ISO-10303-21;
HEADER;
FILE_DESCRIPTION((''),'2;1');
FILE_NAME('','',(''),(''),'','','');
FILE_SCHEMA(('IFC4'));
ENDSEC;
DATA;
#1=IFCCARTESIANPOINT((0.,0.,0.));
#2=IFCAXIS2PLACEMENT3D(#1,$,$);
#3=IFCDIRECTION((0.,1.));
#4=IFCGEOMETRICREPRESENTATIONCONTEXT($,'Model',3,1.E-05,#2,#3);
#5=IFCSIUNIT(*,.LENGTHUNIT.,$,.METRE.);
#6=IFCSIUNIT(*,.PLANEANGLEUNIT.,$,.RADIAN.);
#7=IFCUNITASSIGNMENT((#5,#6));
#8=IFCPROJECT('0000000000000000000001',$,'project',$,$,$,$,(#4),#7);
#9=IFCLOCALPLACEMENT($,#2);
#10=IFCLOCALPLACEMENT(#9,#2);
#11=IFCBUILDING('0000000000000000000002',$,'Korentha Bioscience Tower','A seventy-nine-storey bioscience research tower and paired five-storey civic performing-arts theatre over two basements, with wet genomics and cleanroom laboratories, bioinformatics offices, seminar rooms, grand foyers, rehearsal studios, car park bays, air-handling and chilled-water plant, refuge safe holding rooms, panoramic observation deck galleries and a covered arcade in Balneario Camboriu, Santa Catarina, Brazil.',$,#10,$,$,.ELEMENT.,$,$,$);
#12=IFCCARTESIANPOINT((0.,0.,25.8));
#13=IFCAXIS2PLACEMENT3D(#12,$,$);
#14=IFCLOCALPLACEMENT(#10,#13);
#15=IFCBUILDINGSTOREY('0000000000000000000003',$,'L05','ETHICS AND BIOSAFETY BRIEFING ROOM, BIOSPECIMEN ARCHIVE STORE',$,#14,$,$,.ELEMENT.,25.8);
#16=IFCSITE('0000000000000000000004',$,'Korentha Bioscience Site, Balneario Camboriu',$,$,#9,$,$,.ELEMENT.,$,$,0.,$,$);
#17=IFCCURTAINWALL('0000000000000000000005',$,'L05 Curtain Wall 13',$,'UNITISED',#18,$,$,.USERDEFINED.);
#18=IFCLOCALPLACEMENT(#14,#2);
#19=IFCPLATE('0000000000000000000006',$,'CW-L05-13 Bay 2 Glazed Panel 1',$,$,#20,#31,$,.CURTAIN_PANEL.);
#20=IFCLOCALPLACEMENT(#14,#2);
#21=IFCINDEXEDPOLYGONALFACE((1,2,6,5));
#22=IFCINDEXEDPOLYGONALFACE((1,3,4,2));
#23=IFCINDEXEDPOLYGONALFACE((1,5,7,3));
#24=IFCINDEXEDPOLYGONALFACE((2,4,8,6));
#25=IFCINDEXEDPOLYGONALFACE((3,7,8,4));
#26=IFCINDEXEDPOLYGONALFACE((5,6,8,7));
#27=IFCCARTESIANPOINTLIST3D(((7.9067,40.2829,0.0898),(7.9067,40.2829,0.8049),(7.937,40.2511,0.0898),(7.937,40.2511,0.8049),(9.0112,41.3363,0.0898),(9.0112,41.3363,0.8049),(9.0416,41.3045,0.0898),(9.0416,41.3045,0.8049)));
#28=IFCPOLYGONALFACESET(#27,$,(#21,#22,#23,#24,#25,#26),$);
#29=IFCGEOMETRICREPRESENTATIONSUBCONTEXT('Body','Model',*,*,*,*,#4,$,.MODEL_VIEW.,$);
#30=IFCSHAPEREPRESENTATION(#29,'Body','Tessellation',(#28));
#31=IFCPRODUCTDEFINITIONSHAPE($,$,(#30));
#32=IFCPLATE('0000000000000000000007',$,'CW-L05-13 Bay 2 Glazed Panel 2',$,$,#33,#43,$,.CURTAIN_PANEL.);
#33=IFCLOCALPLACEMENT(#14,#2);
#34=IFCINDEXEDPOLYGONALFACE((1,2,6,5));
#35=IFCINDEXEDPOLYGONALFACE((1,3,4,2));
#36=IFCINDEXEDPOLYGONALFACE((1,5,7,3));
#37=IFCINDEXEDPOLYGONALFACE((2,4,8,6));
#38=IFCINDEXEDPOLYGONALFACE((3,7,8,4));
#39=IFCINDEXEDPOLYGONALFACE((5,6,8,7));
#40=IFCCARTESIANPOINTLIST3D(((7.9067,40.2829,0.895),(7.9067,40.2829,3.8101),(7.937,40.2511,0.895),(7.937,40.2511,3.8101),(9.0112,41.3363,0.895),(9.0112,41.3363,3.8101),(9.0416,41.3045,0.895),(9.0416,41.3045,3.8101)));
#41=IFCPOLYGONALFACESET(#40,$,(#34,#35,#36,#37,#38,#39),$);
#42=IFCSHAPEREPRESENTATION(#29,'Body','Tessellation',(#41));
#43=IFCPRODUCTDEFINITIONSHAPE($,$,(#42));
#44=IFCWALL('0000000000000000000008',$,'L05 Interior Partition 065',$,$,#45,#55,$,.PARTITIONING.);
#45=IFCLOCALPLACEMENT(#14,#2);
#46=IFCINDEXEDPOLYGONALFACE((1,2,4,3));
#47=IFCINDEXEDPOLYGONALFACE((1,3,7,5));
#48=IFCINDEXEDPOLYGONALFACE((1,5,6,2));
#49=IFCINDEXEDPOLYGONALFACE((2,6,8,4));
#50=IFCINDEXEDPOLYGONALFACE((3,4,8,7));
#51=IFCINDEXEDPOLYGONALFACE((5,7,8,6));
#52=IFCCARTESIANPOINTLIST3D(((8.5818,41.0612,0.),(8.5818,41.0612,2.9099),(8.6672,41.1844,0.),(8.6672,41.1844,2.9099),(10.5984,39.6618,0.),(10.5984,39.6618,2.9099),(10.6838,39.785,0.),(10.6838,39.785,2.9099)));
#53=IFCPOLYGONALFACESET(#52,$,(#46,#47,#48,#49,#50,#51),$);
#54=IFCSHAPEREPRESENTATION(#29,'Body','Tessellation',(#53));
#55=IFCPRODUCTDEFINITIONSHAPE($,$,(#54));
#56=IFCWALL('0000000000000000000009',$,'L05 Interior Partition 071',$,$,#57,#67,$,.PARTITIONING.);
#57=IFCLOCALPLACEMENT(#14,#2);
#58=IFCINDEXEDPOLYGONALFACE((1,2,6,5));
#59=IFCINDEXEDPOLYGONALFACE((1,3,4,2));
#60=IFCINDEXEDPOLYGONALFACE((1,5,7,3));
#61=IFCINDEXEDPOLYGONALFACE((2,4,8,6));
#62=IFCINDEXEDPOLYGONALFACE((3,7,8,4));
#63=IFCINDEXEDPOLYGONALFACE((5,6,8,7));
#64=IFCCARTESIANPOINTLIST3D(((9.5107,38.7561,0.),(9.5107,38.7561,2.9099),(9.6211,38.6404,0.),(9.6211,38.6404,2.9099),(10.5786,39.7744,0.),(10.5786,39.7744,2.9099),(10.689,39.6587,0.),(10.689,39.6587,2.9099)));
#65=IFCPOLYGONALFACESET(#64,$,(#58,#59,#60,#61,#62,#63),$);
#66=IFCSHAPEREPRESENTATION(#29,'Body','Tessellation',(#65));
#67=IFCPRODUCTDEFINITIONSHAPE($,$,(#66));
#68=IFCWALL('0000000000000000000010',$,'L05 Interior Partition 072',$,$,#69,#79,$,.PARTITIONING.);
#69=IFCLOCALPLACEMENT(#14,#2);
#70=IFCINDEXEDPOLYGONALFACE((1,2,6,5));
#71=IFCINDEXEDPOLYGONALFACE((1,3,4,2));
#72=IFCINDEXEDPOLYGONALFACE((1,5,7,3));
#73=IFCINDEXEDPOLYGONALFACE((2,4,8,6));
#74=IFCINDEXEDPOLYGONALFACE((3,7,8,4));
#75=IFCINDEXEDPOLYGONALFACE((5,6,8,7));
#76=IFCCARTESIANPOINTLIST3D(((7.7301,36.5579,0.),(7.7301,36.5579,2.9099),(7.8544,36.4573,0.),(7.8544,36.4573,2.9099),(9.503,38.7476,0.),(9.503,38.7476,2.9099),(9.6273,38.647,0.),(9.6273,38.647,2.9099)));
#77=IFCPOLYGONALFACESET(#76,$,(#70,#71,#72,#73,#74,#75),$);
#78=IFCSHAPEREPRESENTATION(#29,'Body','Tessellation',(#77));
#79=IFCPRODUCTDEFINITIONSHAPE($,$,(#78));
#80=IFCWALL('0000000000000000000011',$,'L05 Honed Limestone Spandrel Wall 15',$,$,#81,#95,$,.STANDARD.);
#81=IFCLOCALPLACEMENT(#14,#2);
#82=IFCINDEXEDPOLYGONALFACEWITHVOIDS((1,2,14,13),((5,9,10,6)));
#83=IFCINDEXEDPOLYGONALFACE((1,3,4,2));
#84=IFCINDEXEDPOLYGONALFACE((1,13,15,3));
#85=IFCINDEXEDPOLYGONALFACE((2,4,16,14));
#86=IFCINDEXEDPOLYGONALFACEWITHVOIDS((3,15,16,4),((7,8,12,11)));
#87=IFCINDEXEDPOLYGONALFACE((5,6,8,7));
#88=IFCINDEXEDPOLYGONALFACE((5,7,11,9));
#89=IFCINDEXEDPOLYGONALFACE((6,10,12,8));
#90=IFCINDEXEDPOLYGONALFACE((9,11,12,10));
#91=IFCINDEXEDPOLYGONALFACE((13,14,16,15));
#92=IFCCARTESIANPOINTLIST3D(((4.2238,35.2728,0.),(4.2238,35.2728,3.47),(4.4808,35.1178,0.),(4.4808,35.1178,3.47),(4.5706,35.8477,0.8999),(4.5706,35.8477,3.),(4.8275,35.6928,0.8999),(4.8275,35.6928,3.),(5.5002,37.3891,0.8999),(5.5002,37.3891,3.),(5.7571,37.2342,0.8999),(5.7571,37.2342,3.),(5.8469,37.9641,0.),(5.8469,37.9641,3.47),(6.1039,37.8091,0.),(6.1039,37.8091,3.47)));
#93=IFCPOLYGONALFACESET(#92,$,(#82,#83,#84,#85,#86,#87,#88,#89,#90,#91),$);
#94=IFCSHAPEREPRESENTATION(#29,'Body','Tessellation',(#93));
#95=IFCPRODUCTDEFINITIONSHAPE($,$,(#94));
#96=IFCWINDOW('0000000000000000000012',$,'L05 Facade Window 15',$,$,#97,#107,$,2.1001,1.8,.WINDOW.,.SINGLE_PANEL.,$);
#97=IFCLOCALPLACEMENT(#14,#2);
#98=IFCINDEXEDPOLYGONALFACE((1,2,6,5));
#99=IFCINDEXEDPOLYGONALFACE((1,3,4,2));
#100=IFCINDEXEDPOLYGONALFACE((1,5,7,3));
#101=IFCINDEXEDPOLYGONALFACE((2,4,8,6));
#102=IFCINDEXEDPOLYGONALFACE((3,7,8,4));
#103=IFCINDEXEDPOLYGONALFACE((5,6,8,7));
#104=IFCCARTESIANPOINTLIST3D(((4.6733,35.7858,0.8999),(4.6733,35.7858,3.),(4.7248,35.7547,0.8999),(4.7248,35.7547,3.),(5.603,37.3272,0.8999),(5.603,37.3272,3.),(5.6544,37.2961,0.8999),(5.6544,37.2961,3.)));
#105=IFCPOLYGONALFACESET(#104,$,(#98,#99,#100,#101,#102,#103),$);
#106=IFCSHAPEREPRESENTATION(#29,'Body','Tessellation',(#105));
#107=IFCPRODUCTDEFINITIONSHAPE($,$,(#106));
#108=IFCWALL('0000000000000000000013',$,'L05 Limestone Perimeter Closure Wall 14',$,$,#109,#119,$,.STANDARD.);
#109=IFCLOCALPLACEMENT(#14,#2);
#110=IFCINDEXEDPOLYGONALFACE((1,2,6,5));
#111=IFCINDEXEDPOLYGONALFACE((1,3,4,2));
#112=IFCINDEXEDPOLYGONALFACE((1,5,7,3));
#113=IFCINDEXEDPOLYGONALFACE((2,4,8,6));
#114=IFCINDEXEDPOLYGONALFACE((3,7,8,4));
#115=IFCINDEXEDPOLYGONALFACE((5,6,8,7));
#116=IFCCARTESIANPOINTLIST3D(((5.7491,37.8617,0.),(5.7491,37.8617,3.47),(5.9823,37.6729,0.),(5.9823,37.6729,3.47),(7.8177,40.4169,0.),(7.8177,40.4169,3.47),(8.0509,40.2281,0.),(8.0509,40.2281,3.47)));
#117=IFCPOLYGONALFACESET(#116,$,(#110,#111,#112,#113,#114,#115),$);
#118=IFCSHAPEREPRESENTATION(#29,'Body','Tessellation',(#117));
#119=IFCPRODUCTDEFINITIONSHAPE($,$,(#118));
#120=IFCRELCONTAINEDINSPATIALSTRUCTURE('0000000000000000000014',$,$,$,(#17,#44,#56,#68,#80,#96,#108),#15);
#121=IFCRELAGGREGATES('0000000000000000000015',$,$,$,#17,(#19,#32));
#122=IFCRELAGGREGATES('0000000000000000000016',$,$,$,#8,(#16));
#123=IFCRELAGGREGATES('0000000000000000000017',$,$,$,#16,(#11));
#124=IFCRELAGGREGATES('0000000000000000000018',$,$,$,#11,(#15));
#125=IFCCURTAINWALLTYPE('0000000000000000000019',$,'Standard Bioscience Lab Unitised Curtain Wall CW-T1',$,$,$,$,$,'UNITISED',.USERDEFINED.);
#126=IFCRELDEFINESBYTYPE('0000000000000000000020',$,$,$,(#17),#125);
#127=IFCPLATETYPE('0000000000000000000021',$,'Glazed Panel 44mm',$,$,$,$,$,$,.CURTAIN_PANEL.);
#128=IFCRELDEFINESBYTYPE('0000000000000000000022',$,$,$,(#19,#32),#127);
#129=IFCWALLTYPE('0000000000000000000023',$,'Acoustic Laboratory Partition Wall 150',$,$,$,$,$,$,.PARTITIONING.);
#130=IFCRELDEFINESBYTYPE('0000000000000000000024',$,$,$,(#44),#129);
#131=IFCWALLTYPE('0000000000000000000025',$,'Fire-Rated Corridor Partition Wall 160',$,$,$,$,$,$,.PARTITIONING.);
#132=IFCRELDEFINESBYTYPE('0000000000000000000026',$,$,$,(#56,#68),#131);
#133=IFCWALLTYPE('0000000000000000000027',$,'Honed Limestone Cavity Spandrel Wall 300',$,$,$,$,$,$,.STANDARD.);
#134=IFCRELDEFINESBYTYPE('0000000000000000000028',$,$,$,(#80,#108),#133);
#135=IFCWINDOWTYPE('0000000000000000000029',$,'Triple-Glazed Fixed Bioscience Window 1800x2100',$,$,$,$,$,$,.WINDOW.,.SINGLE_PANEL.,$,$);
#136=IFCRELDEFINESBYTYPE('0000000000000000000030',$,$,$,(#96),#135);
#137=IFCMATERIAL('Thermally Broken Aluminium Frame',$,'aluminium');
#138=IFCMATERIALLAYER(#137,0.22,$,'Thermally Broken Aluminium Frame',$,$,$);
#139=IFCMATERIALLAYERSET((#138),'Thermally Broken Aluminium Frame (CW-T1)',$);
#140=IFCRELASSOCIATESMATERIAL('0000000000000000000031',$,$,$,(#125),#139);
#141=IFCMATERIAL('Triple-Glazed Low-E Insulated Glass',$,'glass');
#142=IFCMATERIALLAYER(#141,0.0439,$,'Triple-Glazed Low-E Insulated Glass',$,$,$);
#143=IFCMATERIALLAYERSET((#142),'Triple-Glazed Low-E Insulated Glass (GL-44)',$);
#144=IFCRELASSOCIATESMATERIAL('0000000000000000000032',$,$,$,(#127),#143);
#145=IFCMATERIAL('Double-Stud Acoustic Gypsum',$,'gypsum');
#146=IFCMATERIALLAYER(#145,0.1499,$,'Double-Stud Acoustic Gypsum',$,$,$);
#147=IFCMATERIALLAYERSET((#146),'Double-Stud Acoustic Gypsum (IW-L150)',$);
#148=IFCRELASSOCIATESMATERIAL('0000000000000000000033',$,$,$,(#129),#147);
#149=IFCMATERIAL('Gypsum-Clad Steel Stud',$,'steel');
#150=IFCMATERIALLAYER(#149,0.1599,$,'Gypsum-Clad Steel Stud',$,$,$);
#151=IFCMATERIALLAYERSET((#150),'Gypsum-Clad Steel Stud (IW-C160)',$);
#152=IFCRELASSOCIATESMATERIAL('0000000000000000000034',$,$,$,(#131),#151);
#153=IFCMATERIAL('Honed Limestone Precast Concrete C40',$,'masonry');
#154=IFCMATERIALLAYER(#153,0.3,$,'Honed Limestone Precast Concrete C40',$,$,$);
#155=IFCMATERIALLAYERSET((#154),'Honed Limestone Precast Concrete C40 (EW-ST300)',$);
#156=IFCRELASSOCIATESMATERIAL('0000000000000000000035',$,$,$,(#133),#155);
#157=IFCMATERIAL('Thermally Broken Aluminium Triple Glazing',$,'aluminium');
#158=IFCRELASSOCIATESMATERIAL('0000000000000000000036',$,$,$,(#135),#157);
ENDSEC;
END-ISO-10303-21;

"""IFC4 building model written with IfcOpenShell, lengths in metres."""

from ifc_helpers import new_model, si_unit, direction, frame, frame_2d, origin, origin_2d, place, context, subcontext, project, spatial, rectangle, extrude, material, layer, layer_set, type_object, element, fill, aggregate, save


model = new_model("IFC4")

# Units and contexts
model_context = context("Model", 3, precision=1e-05, world=origin(), true_north=direction((0.0, 1.0)))
body_context = subcontext(model_context, "Body", "Model", "MODEL_VIEW")
ifc_project = project(units=[si_unit("LENGTHUNIT", "METRE"), si_unit("PLANEANGLEUNIT", "RADIAN")], contexts=[model_context])

# Site, building, storey
site_placement = place(None, origin())
site = spatial("IfcSite", under=ifc_project, at=site_placement, Name="Korentha Bioscience Site, Balneario Camboriu", CompositionType="ELEMENT", RefElevation=0.0)
building_placement = place(site_placement, origin())
building = spatial("IfcBuilding", under=site, at=building_placement, Name="Korentha Bioscience Tower", Description="A seventy-nine-storey bioscience research tower and paired five-storey civic performing-arts theatre over two basements, with wet genomics and cleanroom laboratories, bioinformatics offices, seminar rooms, grand foyers, rehearsal studios, car park bays, air-handling and chilled-water plant, refuge safe holding rooms, panoramic observation deck galleries and a covered arcade in Balneario Camboriu, Santa Catarina, Brazil.", CompositionType="ELEMENT")
storey_placement = place(building_placement, frame((0.0, 0.0, 25.8)))
storey = spatial("IfcBuildingStorey", under=building, at=storey_placement, Name="L05", Description="ETHICS AND BIOSAFETY BRIEFING ROOM, BIOSPECIMEN ARCHIVE STORE", CompositionType="ELEMENT", Elevation=25.8)

# Curtain wall
ifc_material_1 = material(Name="Thermally Broken Aluminium Frame", Category="aluminium")
ifc_layer_1 = layer(ifc_material_1, 0.22, Name="Thermally Broken Aluminium Frame")
ifc_layer_set_1 = layer_set([ifc_layer_1], Name="Thermally Broken Aluminium Frame (CW-T1)")
curtain_wall_type = type_object("IfcCurtainWallType", Name="Standard Bioscience Lab Unitised Curtain Wall CW-T1", ElementType="UNITISED", PredefinedType="USERDEFINED", material=ifc_layer_set_1)
curtain_wall_placement = place(storey_placement, origin())
curtain_wall = element("IfcCurtainWall", 1, at=curtain_wall_placement, inside=storey, type_object=curtain_wall_type, Name="L05 Curtain Wall 13", ObjectType="UNITISED", PredefinedType="USERDEFINED")

# Plates
ifc_material_2 = material(Name="Triple-Glazed Low-E Insulated Glass", Category="glass")
ifc_layer_2 = layer(ifc_material_2, 0.0439, Name="Triple-Glazed Low-E Insulated Glass")
ifc_layer_set_2 = layer_set([ifc_layer_2], Name="Triple-Glazed Low-E Insulated Glass (GL-44)")
plate_type = type_object("IfcPlateType", Name="Glazed Panel 44mm", PredefinedType="CURTAIN_PANEL", material=ifc_layer_set_2)
plate_1_placement = place(storey_placement, frame((8.4741, 40.7937, 0.0898), z_axis=(0.0, 0.0, 1.0), x_axis=(-0.723642, -0.690176, 0.0)))
plate_1 = element("IfcPlate", 2, at=plate_1_placement, type_object=plate_type, Name="CW-L05-13 Bay 2 Glazed Panel 1", PredefinedType="CURTAIN_PANEL", context=body_context, shape_type="SweptSolid", body=[
    extrude(rectangle(XDim=1.5264, YDim=0.0439, at=origin_2d()), origin(), (0.0, 0.0, 1.0), 0.7151),
])
plate_2_placement = place(storey_placement, frame((8.4741, 40.7937, 0.895), z_axis=(0.0, 0.0, 1.0), x_axis=(-0.723642, -0.690176, 0.0)))
plate_2 = element("IfcPlate", 3, at=plate_2_placement, type_object=plate_type, Name="CW-L05-13 Bay 2 Glazed Panel 2", PredefinedType="CURTAIN_PANEL", context=body_context, shape_type="SweptSolid", body=[
    extrude(rectangle(XDim=1.5264, YDim=0.0439, at=origin_2d()), origin(), (0.0, 0.0, 1.0), 2.915),
])
aggregate(curtain_wall, [plate_1, plate_2])

# Walls
ifc_material_3 = material(Name="Double-Stud Acoustic Gypsum", Category="gypsum")
ifc_layer_3 = layer(ifc_material_3, 0.1499, Name="Double-Stud Acoustic Gypsum")
ifc_layer_set_3 = layer_set([ifc_layer_3], Name="Double-Stud Acoustic Gypsum (IW-L150)")
wall_type_1 = type_object("IfcWallType", Name="Acoustic Laboratory Partition Wall 150", PredefinedType="PARTITIONING", material=ifc_layer_set_3)
wall_1_placement = place(storey_placement, frame((10.6411, 39.7234, 0.0), z_axis=(0.0, 0.0, 1.0), x_axis=(-0.821561, 0.57012, 0.0)))
element("IfcWall", 4, at=wall_1_placement, inside=storey, type_object=wall_type_1, Name="L05 Interior Partition 065", PredefinedType="PARTITIONING", context=body_context, shape_type="SweptSolid", body=[
    extrude(rectangle(XDim=2.4546, YDim=0.1499, at=frame_2d((1.2273, 0.0))), origin(), (0.0, 0.0, 1.0), 2.9099),
])
ifc_material_4 = material(Name="Gypsum-Clad Steel Stud", Category="steel")
ifc_layer_4 = layer(ifc_material_4, 0.1599, Name="Gypsum-Clad Steel Stud")
ifc_layer_set_4 = layer_set([ifc_layer_4], Name="Gypsum-Clad Steel Stud (IW-C160)")
wall_type_2 = type_object("IfcWallType", Name="Fire-Rated Corridor Partition Wall 160", PredefinedType="PARTITIONING", material=ifc_layer_set_4)
wall_2_placement = place(storey_placement, frame((10.6338, 39.7166, 0.0), z_axis=(0.0, 0.0, 1.0), x_axis=(-0.723701, -0.690114, 0.0)))
element("IfcWall", 5, at=wall_2_placement, inside=storey, type_object=wall_type_2, Name="L05 Interior Partition 071", PredefinedType="PARTITIONING", context=body_context, shape_type="SweptSolid", body=[
    extrude(rectangle(XDim=1.4756, YDim=0.1599, at=frame_2d((0.7378, 0.0))), origin(), (0.0, 0.0, 1.0), 2.9099),
])
wall_3_placement = place(storey_placement, frame((9.5652, 38.6973, 0.0), z_axis=(0.0, 0.0, 1.0), x_axis=(-0.629271, -0.777186, 0.0)))
element("IfcWall", 6, at=wall_3_placement, inside=storey, type_object=wall_type_2, Name="L05 Interior Partition 072", PredefinedType="PARTITIONING", context=body_context, shape_type="SweptSolid", body=[
    extrude(rectangle(XDim=2.8174, YDim=0.1599, at=frame_2d((1.4087, 0.0))), origin(), (0.0, 0.0, 1.0), 2.9099),
])

# Wall, opening, window
ifc_material_5 = material(Name="Honed Limestone Precast Concrete C40", Category="masonry")
ifc_layer_5 = layer(ifc_material_5, 0.3, Name="Honed Limestone Precast Concrete C40")
ifc_layer_set_5 = layer_set([ifc_layer_5], Name="Honed Limestone Precast Concrete C40 (EW-ST300)")
wall_type_3 = type_object("IfcWallType", Name="Honed Limestone Cavity Spandrel Wall 300", PredefinedType="STANDARD", material=ifc_layer_set_5)
wall_4_placement = place(storey_placement, frame((5.9753, 37.8865, 0.0), z_axis=(0.0, 0.0, 1.0), x_axis=(-0.516448, -0.856319, 0.0)))
wall_4 = element("IfcWall", 7, at=wall_4_placement, inside=storey, type_object=wall_type_3, Name="L05 Honed Limestone Spandrel Wall 15", PredefinedType="STANDARD", context=body_context, shape_type="SweptSolid", body=[
    extrude(rectangle(XDim=3.1428, YDim=0.3, at=frame_2d((1.5713, 0.0))), origin(), (0.0, 0.0, 1.0), 3.47),
])
opening_placement = place(wall_4_placement, frame((0.6714, 0.0, 0.8999)))
opening = element("IfcOpeningElement", 8, at=opening_placement, cuts=wall_4, PredefinedType="OPENING", context=body_context, shape_type="SweptSolid", body=[
    extrude(rectangle(XDim=1.8, YDim=2.1001, at=frame_2d((0.8999, 1.05))), frame((0.0, 0.165, 0.0), z_axis=(0.0, -1.0, 0.0), x_axis=(1.0, 0.0, 0.0)), (0.0, 0.0, 1.0), 0.3298),
])
ifc_material_6 = material(Name="Thermally Broken Aluminium Triple Glazing", Category="aluminium")
window_type = type_object("IfcWindowType", Name="Triple-Glazed Fixed Bioscience Window 1800x2100", PartitioningType="SINGLE_PANEL", PredefinedType="WINDOW", material=ifc_material_6)
window_placement = place(opening_placement, origin())
window = element("IfcWindow", 9, at=window_placement, inside=storey, type_object=window_type, Name="L05 Facade Window 15", OverallHeight=2.1001, OverallWidth=1.8, PartitioningType="SINGLE_PANEL", PredefinedType="WINDOW", context=body_context, shape_type="SweptSolid", body=[
    extrude(rectangle(XDim=1.8, YDim=2.1001, at=frame_2d((0.8999, 1.05))), frame((0.0, 0.03, 0.0), z_axis=(0.0, -1.0, 0.0), x_axis=(1.0, 0.0, 0.0)), (0.0, 0.0, 1.0), 0.0601),
])
fill(opening, window)

# Wall
wall_5_placement = place(storey_placement, frame((7.9343, 40.3225, 0.0), z_axis=(0.0, 0.0, 1.0), x_axis=(-0.629222, -0.777226, 0.0)))
element("IfcWall", 10, at=wall_5_placement, inside=storey, type_object=wall_type_3, Name="L05 Limestone Perimeter Closure Wall 14", PredefinedType="STANDARD", context=body_context, shape_type="SweptSolid", body=[
    extrude(rectangle(XDim=3.2876, YDim=0.3, at=frame_2d((1.6438, 0.0))), origin(), (0.0, 0.0, 1.0), 3.47),
])

save(model, "model.ifc")
